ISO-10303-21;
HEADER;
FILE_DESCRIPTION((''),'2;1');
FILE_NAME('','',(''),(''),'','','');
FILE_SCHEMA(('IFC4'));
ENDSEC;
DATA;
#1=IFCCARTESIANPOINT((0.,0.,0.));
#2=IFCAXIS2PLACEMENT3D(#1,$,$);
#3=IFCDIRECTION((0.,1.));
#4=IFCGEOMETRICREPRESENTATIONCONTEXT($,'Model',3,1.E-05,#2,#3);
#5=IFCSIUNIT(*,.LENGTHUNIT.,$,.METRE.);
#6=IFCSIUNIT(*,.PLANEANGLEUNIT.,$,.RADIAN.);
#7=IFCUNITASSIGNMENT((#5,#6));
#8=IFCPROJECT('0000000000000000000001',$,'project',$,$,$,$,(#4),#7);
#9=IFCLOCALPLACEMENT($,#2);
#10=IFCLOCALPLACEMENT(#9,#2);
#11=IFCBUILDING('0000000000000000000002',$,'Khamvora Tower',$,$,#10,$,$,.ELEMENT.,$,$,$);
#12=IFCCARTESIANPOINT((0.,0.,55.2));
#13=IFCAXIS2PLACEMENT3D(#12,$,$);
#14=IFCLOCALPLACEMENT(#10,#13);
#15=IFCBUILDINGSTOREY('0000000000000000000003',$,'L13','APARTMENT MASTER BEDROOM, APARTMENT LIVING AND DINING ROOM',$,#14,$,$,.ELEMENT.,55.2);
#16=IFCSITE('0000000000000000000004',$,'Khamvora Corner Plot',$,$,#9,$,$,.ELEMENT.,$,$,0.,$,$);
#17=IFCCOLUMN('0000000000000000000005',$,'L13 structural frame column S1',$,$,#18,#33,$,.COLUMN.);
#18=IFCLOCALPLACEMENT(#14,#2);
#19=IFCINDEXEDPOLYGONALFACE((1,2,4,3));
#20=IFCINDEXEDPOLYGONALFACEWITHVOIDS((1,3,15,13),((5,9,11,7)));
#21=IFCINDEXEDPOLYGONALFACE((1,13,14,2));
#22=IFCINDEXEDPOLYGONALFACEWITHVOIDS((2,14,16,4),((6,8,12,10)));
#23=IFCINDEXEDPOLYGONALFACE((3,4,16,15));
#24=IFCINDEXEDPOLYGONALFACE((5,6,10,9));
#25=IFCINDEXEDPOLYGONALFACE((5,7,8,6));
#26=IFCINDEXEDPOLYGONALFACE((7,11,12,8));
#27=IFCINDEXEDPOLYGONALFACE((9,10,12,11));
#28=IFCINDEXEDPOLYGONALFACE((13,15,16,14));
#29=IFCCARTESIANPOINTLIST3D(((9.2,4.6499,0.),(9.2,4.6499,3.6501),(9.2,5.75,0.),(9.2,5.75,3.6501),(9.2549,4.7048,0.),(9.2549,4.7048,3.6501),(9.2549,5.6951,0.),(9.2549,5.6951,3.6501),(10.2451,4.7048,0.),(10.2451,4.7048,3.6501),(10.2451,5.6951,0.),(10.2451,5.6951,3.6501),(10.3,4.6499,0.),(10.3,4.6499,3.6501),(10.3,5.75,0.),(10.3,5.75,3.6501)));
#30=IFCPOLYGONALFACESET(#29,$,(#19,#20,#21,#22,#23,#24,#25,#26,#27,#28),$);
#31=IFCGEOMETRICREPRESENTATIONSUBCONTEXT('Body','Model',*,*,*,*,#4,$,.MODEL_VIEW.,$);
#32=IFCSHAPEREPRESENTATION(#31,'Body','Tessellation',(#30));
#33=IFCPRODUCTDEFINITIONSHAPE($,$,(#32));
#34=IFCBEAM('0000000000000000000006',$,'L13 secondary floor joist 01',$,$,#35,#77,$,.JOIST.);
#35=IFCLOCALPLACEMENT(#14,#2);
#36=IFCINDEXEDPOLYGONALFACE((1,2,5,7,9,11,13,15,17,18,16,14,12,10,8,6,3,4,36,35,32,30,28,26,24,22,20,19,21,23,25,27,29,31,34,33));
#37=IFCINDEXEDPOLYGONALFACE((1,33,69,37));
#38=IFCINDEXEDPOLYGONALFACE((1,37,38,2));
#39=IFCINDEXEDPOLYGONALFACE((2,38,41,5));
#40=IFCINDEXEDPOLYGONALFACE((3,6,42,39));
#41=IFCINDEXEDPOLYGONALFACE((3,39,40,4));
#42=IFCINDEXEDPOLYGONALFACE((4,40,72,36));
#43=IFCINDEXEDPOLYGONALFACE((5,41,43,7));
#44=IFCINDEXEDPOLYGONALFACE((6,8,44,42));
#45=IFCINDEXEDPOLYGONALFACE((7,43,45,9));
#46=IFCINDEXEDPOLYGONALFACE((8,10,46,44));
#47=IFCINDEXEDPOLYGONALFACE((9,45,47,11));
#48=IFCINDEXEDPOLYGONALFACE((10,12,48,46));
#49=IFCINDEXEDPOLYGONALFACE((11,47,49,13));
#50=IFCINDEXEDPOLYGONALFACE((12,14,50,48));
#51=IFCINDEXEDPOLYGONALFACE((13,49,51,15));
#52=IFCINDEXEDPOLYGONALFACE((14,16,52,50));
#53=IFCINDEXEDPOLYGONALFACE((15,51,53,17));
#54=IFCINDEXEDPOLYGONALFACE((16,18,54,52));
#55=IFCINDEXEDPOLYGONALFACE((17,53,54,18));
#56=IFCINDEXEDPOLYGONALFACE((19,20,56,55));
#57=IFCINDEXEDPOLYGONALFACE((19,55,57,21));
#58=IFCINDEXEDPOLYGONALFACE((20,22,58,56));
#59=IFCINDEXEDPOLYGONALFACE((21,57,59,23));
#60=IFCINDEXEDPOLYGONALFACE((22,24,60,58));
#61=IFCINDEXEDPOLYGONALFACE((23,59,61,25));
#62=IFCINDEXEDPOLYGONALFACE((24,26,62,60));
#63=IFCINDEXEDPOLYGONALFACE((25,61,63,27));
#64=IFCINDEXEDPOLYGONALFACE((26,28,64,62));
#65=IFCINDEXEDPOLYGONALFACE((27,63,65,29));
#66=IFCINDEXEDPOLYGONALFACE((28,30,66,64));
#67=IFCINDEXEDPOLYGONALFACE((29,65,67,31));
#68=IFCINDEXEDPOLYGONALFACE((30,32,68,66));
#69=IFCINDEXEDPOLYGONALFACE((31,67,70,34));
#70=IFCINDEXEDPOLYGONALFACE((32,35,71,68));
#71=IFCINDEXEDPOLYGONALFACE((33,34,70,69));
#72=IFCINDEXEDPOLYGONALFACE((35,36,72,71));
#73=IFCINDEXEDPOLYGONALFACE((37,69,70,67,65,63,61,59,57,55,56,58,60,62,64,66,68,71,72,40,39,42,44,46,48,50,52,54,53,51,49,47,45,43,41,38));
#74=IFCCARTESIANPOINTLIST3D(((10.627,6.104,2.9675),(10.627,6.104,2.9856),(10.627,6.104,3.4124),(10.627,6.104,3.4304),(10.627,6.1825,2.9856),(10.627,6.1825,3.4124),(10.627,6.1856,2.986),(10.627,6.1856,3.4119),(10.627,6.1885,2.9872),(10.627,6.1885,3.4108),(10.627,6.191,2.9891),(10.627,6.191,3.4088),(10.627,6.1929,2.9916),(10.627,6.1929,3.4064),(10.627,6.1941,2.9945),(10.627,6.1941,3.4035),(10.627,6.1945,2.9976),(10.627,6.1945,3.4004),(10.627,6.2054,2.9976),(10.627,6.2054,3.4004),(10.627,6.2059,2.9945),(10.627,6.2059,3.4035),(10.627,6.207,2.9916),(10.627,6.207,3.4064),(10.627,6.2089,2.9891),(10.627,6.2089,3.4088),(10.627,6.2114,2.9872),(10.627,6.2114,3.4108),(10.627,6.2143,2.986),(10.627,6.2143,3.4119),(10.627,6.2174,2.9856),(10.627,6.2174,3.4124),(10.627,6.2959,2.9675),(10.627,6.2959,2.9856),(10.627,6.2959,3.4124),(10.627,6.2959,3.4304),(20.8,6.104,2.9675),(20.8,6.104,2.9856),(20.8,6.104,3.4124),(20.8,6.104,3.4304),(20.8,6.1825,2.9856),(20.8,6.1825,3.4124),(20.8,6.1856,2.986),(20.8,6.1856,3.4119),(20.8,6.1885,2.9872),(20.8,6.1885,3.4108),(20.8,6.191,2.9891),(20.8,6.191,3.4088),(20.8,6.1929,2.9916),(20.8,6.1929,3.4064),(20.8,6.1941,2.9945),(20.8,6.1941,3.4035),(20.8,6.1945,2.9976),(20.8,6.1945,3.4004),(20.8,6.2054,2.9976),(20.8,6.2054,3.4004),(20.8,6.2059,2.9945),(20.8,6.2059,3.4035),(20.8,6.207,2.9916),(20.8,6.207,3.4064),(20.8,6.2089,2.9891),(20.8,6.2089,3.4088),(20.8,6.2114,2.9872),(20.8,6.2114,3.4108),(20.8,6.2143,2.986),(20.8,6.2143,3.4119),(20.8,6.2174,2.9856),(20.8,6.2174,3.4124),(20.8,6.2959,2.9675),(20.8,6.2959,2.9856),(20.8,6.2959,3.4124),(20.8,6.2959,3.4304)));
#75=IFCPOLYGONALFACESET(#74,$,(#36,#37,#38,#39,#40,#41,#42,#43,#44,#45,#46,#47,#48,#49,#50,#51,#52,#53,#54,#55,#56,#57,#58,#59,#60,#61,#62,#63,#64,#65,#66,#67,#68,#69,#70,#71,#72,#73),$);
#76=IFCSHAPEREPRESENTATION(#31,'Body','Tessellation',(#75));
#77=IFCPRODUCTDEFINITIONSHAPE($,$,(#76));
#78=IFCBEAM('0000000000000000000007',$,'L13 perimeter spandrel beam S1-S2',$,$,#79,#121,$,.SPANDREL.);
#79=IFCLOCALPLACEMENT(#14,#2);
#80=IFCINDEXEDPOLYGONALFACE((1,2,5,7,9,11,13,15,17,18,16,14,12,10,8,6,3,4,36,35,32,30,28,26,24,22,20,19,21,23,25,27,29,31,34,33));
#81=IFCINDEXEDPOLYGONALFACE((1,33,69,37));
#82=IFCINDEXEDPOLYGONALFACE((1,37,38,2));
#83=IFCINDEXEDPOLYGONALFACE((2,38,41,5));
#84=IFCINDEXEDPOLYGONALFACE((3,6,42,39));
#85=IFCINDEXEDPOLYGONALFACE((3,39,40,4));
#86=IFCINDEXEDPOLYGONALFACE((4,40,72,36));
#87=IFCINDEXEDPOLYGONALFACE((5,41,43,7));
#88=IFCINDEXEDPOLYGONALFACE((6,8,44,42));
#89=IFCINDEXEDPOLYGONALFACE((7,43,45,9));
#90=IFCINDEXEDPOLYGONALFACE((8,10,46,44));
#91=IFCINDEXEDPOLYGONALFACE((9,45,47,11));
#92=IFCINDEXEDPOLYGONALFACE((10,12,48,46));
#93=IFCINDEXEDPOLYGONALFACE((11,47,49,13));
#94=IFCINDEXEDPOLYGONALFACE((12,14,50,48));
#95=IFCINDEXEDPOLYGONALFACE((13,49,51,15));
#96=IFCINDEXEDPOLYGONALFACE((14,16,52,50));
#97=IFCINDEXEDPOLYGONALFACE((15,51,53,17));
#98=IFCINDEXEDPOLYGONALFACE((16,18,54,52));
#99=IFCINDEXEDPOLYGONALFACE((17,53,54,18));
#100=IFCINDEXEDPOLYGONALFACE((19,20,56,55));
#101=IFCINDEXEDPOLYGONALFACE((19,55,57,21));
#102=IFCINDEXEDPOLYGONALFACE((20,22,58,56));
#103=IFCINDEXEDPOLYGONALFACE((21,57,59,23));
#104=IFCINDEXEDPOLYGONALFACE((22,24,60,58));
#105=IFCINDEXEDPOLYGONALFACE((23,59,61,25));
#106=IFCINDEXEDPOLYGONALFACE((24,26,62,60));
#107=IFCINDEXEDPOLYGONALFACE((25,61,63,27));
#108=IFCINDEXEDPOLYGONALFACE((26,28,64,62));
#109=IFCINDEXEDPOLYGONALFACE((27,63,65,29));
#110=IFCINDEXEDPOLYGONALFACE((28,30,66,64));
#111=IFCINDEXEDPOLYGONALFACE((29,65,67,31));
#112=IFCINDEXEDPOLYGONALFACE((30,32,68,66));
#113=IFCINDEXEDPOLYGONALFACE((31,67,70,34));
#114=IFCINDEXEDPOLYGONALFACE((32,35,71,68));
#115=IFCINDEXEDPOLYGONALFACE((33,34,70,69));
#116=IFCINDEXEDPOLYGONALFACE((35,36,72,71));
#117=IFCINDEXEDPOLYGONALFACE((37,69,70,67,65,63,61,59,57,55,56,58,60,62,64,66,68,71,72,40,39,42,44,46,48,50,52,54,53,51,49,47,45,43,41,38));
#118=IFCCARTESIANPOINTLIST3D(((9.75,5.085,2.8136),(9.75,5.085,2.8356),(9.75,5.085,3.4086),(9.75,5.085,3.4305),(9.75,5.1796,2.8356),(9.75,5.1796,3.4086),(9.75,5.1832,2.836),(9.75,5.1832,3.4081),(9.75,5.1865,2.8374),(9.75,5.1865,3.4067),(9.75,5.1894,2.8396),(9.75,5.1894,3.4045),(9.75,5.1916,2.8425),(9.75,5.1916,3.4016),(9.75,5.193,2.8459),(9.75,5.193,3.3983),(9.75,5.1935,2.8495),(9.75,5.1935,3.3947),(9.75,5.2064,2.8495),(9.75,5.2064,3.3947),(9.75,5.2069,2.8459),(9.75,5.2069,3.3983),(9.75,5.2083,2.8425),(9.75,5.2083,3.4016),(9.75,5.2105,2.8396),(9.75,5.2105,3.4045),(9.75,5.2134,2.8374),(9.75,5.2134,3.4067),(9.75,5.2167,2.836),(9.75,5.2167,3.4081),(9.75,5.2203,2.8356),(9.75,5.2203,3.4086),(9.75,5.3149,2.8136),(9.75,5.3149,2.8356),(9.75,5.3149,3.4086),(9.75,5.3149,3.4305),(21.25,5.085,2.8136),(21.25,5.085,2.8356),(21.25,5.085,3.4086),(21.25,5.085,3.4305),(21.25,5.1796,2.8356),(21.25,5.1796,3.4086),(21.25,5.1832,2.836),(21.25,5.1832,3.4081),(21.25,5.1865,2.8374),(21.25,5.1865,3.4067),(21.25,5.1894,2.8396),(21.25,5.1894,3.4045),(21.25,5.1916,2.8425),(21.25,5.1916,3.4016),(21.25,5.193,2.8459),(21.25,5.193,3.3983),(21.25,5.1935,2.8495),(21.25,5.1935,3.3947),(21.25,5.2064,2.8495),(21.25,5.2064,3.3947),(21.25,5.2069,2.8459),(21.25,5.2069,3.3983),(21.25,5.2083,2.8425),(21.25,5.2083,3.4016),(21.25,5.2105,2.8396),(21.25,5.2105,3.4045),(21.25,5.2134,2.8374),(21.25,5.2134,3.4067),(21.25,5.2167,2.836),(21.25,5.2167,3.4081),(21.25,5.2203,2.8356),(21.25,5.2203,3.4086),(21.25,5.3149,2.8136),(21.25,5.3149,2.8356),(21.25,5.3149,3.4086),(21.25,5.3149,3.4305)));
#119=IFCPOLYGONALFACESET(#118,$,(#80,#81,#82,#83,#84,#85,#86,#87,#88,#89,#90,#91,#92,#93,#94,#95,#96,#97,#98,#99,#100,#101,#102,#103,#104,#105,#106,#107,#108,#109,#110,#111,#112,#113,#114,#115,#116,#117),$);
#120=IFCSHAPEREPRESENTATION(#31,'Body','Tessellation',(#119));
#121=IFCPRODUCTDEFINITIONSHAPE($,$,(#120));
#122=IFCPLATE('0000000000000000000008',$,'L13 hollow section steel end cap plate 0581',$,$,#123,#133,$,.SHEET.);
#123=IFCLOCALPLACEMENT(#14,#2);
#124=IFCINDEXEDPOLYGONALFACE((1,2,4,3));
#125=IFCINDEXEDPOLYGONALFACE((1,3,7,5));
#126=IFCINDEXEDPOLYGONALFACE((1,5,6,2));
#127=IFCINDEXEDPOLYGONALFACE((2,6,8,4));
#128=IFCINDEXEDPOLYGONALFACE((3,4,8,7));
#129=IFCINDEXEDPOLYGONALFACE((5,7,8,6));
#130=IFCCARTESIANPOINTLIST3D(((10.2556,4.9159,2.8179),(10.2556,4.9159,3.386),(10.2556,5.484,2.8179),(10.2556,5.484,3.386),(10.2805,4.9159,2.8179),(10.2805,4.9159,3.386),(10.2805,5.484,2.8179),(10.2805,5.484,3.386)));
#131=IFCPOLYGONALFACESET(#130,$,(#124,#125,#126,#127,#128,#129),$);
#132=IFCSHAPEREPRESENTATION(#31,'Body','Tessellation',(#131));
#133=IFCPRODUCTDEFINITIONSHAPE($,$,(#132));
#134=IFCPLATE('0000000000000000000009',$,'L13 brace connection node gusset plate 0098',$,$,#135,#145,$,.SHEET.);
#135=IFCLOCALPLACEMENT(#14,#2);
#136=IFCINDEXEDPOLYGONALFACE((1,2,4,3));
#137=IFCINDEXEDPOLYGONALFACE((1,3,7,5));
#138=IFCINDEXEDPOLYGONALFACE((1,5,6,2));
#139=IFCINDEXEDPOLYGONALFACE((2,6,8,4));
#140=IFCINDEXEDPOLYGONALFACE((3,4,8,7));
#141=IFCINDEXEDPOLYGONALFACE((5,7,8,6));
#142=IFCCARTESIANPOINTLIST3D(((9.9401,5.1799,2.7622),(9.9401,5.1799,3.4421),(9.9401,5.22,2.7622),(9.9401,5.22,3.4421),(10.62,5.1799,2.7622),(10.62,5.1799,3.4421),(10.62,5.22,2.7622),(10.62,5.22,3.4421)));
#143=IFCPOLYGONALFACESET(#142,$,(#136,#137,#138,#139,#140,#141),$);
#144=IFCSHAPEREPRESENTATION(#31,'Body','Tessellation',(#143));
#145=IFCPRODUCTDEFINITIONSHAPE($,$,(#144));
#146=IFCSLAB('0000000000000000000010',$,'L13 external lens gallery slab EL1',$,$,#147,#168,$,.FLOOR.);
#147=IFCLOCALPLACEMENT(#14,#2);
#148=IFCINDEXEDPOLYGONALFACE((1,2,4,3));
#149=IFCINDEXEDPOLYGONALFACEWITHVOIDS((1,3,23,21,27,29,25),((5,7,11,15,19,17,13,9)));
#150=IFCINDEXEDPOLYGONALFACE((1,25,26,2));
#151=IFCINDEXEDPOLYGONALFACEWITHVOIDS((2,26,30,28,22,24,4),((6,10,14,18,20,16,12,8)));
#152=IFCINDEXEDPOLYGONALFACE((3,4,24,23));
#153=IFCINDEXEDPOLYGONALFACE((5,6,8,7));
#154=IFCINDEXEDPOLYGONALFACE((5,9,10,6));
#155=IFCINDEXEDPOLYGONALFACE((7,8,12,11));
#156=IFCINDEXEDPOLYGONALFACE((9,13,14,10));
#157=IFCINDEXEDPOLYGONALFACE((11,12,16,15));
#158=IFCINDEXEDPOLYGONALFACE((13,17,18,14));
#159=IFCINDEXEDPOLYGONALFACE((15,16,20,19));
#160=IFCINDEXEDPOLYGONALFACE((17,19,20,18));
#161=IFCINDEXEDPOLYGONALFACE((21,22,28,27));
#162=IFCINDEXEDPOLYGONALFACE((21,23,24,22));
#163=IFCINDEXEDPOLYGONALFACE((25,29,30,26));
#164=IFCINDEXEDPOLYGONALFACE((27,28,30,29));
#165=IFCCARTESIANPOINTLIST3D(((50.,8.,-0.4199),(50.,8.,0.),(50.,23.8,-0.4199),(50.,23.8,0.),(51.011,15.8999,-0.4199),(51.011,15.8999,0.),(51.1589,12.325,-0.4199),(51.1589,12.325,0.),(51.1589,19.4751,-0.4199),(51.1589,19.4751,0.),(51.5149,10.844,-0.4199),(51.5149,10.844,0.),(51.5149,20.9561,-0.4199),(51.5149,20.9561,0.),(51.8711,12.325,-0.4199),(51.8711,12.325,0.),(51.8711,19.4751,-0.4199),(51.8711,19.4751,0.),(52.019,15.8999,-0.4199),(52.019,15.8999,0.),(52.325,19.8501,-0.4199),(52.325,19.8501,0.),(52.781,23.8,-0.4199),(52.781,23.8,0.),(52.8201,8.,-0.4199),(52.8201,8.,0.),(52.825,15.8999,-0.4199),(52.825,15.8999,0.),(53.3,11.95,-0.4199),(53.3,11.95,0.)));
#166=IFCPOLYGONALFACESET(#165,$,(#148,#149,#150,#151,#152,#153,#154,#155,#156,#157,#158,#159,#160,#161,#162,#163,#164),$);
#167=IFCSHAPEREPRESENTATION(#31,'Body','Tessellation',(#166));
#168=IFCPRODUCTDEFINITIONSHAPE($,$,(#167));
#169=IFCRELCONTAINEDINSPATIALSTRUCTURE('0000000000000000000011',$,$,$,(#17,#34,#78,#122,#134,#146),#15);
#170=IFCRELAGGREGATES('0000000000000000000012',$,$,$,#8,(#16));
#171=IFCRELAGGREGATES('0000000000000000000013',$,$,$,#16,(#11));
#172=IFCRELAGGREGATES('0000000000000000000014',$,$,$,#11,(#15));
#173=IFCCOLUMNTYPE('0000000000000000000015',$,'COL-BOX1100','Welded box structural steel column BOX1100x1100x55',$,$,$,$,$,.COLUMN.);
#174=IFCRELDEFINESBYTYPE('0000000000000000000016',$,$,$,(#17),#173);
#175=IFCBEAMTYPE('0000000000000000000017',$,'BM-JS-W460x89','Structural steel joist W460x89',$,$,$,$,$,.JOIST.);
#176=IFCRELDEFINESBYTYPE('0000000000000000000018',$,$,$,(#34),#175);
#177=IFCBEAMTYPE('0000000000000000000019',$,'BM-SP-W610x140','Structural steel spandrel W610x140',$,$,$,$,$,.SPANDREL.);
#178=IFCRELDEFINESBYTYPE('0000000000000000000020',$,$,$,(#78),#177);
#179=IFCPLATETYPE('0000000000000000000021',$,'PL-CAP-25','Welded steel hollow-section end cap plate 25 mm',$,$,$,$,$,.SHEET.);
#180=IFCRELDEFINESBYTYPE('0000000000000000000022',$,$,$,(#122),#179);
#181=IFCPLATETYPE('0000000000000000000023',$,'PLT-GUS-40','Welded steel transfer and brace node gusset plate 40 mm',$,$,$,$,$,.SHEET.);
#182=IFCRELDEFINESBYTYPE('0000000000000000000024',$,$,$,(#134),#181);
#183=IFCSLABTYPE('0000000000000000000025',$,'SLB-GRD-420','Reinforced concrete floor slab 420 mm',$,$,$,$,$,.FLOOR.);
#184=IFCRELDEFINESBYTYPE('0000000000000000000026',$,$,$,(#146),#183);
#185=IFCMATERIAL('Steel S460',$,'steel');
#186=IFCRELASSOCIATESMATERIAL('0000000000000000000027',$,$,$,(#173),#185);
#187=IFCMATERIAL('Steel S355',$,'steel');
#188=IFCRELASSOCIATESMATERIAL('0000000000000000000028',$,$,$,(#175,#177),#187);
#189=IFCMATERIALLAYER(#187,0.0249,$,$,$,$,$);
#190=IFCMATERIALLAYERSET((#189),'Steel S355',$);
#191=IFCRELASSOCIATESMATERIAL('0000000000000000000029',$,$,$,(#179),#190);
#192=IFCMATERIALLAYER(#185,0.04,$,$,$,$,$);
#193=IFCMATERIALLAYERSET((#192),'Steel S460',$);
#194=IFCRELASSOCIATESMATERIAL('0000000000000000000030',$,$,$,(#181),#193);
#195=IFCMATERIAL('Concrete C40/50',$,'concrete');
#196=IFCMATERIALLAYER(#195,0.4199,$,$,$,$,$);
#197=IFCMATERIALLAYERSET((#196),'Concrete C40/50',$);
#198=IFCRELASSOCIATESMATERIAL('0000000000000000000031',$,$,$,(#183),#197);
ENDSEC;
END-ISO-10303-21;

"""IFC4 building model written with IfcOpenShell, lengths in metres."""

from ifc_helpers import new_model, si_unit, direction, frame, origin, origin_2d, place, context, subcontext, project, spatial, polyline, rectangle, hollow_rectangle, i_section, outline, extrude, material, layer, layer_set, material_profile, profile_set, type_object, element, save


model = new_model("IFC4")

# Units and contexts
model_context = context("Model", 3, precision=1e-05, world=origin(), true_north=direction((0.0, 1.0)))
body_context = subcontext(model_context, "Body", "Model", "MODEL_VIEW")
ifc_project = project(units=[si_unit("LENGTHUNIT", "METRE"), si_unit("PLANEANGLEUNIT", "RADIAN")], contexts=[model_context])

# Site, building, storey
site_placement = place(None, origin())
site = spatial("IfcSite", under=ifc_project, at=site_placement, Name="Khamvora Corner Plot", CompositionType="ELEMENT", RefElevation=0.0)
building_placement = place(site_placement, origin())
building = spatial("IfcBuilding", under=site, at=building_placement, Name="Khamvora Tower", CompositionType="ELEMENT")
storey_placement = place(building_placement, frame((0.0, 0.0, 55.2)))
storey = spatial("IfcBuildingStorey", under=building, at=storey_placement, Name="L13", Description="APARTMENT MASTER BEDROOM, APARTMENT LIVING AND DINING ROOM", CompositionType="ELEMENT", Elevation=55.2)

# Column
ifc_material_1 = material(Name="Steel S460", Category="steel")
ifc_material_profile_1 = material_profile(ifc_material_1, hollow_rectangle(XDim=1.1001, YDim=1.1001, WallThickness=0.0549, at=origin_2d()), Name="BOX1100x1100x55")
ifc_profile_set_1 = profile_set([ifc_material_profile_1], Name="Steel S460")
column_type = type_object("IfcColumnType", Name="COL-BOX1100", Description="Welded box structural steel column BOX1100x1100x55", PredefinedType="COLUMN", material=ifc_profile_set_1)
column_placement = place(storey_placement, frame((9.75, 5.2, 0.0), z_axis=(0.0, 0.0, 1.0), x_axis=(1.0, 0.0, 0.0)))
element("IfcColumn", 1, at=column_placement, inside=storey, type_object=column_type, Name="L13 structural frame column S1", PredefinedType="COLUMN", context=body_context, shape_type="SweptSolid", body=[
    extrude(hollow_rectangle(XDim=1.1001, YDim=1.1001, WallThickness=0.0549, at=origin_2d()), origin(), (0.0, 0.0, 1.0), 3.6501),
])

# Beams
ifc_material_2 = material(Name="Steel S355", Category="steel")
ifc_material_profile_2 = material_profile(ifc_material_2, i_section(OverallWidth=0.1919, OverallDepth=0.4629, WebThickness=0.011, FlangeThickness=0.0181, FilletRadius=0.012, at=origin_2d()), Name="W460x89")
ifc_profile_set_2 = profile_set([ifc_material_profile_2], Name="Steel S355")
beam_type_1 = type_object("IfcBeamType", Name="BM-JS-W460x89", Description="Structural steel joist W460x89", PredefinedType="JOIST", material=ifc_profile_set_2)
beam_1_placement = place(storey_placement, frame((10.627, 6.2, 3.199), z_axis=(1.0, 0.0, 0.0), x_axis=(0.0, 1.0, 0.0)))
element("IfcBeam", 2, at=beam_1_placement, inside=storey, type_object=beam_type_1, Name="L13 secondary floor joist 01", PredefinedType="JOIST", context=body_context, shape_type="SweptSolid", body=[
    extrude(i_section(OverallWidth=0.1919, OverallDepth=0.4629, WebThickness=0.011, FlangeThickness=0.0181, FilletRadius=0.012, at=origin_2d()), origin(), (0.0, 0.0, 1.0), 10.1731),
])
ifc_material_profile_3 = material_profile(ifc_material_2, i_section(OverallWidth=0.23, OverallDepth=0.6169, WebThickness=0.0129, FlangeThickness=0.022, FilletRadius=0.0139, at=origin_2d()), Name="W610x140")
ifc_profile_set_3 = profile_set([ifc_material_profile_3], Name="Steel S355")
beam_type_2 = type_object("IfcBeamType", Name="BM-SP-W610x140", Description="Structural steel spandrel W610x140", PredefinedType="SPANDREL", material=ifc_profile_set_3)
beam_2_placement = place(storey_placement, frame((9.75, 5.2, 3.1221), z_axis=(1.0, 0.0, 0.0), x_axis=(0.0, 1.0, 0.0)))
element("IfcBeam", 3, at=beam_2_placement, inside=storey, type_object=beam_type_2, Name="L13 perimeter spandrel beam S1-S2", PredefinedType="SPANDREL", context=body_context, shape_type="SweptSolid", body=[
    extrude(i_section(OverallWidth=0.23, OverallDepth=0.6169, WebThickness=0.0129, FlangeThickness=0.022, FilletRadius=0.0139, at=origin_2d()), origin(), (0.0, 0.0, 1.0), 11.5),
])

# Plates
ifc_layer_1 = layer(ifc_material_2, 0.0249)
ifc_layer_set_1 = layer_set([ifc_layer_1], Name="Steel S355")
plate_type_1 = type_object("IfcPlateType", Name="PL-CAP-25", Description="Welded steel hollow-section end cap plate 25 mm", PredefinedType="SHEET", material=ifc_layer_set_1)
plate_1_placement = place(storey_placement, frame((10.2681, 5.2, 2.8179), z_axis=(0.0, 0.0, 1.0), x_axis=(-1.0, 0.0, 0.0)))
element("IfcPlate", 4, at=plate_1_placement, inside=storey, type_object=plate_type_1, Name="L13 hollow section steel end cap plate 0581", PredefinedType="SHEET", context=body_context, shape_type="SweptSolid", body=[
    extrude(rectangle(XDim=0.0249, YDim=0.5681, at=origin_2d()), origin(), (0.0, 0.0, 1.0), 0.5681),
])
ifc_layer_2 = layer(ifc_material_1, 0.04)
ifc_layer_set_2 = layer_set([ifc_layer_2], Name="Steel S460")
plate_type_2 = type_object("IfcPlateType", Name="PLT-GUS-40", Description="Welded steel transfer and brace node gusset plate 40 mm", PredefinedType="SHEET", material=ifc_layer_set_2)
plate_2_placement = place(storey_placement, frame((10.28, 5.2, 2.7622), z_axis=(0.0, 0.0, 1.0), x_axis=(1.0, 0.0, 0.0)))
element("IfcPlate", 5, at=plate_2_placement, inside=storey, type_object=plate_type_2, Name="L13 brace connection node gusset plate 0098", PredefinedType="SHEET", context=body_context, shape_type="SweptSolid", body=[
    extrude(rectangle(XDim=0.6799, YDim=0.04, at=origin_2d()), origin(), (0.0, 0.0, 1.0), 0.6799),
])

# Slab
ifc_material_3 = material(Name="Concrete C40/50", Category="concrete")
ifc_layer_3 = layer(ifc_material_3, 0.4199)
ifc_layer_set_3 = layer_set([ifc_layer_3], Name="Concrete C40/50")
slab_type_1 = type_object("IfcSlabType", Name="SLB-GRD-420", Description="Reinforced concrete floor slab 420 mm", PredefinedType="FLOOR", material=ifc_layer_set_3)
slab_1_placement = place(storey_placement, frame((0.0, 0.0, -0.4199)))
element("IfcSlab", 6, at=slab_1_placement, inside=storey, type_object=slab_type_1, Name="L13 external lens gallery slab EL1", PredefinedType="FLOOR", context=body_context, shape_type="SweptSolid", body=[
    extrude(outline(polyline([(52.8201, 8.0), (53.3, 11.95), (52.825, 15.8999), (52.325, 19.8501), (52.781, 23.8), (50.0, 23.8), (50.0, 8.0), (52.8201, 8.0)]), holes=[polyline([(52.019, 15.8999), (51.8711, 19.4751), (51.5149, 20.9561), (51.1589, 19.4751), (51.011, 15.8999), (51.1589, 12.325), (51.5149, 10.844), (51.8711, 12.325), (52.019, 15.8999)])]), origin(), (0.0, 0.0, 1.0), 0.4199),
])

save(model, "model.ifc")
